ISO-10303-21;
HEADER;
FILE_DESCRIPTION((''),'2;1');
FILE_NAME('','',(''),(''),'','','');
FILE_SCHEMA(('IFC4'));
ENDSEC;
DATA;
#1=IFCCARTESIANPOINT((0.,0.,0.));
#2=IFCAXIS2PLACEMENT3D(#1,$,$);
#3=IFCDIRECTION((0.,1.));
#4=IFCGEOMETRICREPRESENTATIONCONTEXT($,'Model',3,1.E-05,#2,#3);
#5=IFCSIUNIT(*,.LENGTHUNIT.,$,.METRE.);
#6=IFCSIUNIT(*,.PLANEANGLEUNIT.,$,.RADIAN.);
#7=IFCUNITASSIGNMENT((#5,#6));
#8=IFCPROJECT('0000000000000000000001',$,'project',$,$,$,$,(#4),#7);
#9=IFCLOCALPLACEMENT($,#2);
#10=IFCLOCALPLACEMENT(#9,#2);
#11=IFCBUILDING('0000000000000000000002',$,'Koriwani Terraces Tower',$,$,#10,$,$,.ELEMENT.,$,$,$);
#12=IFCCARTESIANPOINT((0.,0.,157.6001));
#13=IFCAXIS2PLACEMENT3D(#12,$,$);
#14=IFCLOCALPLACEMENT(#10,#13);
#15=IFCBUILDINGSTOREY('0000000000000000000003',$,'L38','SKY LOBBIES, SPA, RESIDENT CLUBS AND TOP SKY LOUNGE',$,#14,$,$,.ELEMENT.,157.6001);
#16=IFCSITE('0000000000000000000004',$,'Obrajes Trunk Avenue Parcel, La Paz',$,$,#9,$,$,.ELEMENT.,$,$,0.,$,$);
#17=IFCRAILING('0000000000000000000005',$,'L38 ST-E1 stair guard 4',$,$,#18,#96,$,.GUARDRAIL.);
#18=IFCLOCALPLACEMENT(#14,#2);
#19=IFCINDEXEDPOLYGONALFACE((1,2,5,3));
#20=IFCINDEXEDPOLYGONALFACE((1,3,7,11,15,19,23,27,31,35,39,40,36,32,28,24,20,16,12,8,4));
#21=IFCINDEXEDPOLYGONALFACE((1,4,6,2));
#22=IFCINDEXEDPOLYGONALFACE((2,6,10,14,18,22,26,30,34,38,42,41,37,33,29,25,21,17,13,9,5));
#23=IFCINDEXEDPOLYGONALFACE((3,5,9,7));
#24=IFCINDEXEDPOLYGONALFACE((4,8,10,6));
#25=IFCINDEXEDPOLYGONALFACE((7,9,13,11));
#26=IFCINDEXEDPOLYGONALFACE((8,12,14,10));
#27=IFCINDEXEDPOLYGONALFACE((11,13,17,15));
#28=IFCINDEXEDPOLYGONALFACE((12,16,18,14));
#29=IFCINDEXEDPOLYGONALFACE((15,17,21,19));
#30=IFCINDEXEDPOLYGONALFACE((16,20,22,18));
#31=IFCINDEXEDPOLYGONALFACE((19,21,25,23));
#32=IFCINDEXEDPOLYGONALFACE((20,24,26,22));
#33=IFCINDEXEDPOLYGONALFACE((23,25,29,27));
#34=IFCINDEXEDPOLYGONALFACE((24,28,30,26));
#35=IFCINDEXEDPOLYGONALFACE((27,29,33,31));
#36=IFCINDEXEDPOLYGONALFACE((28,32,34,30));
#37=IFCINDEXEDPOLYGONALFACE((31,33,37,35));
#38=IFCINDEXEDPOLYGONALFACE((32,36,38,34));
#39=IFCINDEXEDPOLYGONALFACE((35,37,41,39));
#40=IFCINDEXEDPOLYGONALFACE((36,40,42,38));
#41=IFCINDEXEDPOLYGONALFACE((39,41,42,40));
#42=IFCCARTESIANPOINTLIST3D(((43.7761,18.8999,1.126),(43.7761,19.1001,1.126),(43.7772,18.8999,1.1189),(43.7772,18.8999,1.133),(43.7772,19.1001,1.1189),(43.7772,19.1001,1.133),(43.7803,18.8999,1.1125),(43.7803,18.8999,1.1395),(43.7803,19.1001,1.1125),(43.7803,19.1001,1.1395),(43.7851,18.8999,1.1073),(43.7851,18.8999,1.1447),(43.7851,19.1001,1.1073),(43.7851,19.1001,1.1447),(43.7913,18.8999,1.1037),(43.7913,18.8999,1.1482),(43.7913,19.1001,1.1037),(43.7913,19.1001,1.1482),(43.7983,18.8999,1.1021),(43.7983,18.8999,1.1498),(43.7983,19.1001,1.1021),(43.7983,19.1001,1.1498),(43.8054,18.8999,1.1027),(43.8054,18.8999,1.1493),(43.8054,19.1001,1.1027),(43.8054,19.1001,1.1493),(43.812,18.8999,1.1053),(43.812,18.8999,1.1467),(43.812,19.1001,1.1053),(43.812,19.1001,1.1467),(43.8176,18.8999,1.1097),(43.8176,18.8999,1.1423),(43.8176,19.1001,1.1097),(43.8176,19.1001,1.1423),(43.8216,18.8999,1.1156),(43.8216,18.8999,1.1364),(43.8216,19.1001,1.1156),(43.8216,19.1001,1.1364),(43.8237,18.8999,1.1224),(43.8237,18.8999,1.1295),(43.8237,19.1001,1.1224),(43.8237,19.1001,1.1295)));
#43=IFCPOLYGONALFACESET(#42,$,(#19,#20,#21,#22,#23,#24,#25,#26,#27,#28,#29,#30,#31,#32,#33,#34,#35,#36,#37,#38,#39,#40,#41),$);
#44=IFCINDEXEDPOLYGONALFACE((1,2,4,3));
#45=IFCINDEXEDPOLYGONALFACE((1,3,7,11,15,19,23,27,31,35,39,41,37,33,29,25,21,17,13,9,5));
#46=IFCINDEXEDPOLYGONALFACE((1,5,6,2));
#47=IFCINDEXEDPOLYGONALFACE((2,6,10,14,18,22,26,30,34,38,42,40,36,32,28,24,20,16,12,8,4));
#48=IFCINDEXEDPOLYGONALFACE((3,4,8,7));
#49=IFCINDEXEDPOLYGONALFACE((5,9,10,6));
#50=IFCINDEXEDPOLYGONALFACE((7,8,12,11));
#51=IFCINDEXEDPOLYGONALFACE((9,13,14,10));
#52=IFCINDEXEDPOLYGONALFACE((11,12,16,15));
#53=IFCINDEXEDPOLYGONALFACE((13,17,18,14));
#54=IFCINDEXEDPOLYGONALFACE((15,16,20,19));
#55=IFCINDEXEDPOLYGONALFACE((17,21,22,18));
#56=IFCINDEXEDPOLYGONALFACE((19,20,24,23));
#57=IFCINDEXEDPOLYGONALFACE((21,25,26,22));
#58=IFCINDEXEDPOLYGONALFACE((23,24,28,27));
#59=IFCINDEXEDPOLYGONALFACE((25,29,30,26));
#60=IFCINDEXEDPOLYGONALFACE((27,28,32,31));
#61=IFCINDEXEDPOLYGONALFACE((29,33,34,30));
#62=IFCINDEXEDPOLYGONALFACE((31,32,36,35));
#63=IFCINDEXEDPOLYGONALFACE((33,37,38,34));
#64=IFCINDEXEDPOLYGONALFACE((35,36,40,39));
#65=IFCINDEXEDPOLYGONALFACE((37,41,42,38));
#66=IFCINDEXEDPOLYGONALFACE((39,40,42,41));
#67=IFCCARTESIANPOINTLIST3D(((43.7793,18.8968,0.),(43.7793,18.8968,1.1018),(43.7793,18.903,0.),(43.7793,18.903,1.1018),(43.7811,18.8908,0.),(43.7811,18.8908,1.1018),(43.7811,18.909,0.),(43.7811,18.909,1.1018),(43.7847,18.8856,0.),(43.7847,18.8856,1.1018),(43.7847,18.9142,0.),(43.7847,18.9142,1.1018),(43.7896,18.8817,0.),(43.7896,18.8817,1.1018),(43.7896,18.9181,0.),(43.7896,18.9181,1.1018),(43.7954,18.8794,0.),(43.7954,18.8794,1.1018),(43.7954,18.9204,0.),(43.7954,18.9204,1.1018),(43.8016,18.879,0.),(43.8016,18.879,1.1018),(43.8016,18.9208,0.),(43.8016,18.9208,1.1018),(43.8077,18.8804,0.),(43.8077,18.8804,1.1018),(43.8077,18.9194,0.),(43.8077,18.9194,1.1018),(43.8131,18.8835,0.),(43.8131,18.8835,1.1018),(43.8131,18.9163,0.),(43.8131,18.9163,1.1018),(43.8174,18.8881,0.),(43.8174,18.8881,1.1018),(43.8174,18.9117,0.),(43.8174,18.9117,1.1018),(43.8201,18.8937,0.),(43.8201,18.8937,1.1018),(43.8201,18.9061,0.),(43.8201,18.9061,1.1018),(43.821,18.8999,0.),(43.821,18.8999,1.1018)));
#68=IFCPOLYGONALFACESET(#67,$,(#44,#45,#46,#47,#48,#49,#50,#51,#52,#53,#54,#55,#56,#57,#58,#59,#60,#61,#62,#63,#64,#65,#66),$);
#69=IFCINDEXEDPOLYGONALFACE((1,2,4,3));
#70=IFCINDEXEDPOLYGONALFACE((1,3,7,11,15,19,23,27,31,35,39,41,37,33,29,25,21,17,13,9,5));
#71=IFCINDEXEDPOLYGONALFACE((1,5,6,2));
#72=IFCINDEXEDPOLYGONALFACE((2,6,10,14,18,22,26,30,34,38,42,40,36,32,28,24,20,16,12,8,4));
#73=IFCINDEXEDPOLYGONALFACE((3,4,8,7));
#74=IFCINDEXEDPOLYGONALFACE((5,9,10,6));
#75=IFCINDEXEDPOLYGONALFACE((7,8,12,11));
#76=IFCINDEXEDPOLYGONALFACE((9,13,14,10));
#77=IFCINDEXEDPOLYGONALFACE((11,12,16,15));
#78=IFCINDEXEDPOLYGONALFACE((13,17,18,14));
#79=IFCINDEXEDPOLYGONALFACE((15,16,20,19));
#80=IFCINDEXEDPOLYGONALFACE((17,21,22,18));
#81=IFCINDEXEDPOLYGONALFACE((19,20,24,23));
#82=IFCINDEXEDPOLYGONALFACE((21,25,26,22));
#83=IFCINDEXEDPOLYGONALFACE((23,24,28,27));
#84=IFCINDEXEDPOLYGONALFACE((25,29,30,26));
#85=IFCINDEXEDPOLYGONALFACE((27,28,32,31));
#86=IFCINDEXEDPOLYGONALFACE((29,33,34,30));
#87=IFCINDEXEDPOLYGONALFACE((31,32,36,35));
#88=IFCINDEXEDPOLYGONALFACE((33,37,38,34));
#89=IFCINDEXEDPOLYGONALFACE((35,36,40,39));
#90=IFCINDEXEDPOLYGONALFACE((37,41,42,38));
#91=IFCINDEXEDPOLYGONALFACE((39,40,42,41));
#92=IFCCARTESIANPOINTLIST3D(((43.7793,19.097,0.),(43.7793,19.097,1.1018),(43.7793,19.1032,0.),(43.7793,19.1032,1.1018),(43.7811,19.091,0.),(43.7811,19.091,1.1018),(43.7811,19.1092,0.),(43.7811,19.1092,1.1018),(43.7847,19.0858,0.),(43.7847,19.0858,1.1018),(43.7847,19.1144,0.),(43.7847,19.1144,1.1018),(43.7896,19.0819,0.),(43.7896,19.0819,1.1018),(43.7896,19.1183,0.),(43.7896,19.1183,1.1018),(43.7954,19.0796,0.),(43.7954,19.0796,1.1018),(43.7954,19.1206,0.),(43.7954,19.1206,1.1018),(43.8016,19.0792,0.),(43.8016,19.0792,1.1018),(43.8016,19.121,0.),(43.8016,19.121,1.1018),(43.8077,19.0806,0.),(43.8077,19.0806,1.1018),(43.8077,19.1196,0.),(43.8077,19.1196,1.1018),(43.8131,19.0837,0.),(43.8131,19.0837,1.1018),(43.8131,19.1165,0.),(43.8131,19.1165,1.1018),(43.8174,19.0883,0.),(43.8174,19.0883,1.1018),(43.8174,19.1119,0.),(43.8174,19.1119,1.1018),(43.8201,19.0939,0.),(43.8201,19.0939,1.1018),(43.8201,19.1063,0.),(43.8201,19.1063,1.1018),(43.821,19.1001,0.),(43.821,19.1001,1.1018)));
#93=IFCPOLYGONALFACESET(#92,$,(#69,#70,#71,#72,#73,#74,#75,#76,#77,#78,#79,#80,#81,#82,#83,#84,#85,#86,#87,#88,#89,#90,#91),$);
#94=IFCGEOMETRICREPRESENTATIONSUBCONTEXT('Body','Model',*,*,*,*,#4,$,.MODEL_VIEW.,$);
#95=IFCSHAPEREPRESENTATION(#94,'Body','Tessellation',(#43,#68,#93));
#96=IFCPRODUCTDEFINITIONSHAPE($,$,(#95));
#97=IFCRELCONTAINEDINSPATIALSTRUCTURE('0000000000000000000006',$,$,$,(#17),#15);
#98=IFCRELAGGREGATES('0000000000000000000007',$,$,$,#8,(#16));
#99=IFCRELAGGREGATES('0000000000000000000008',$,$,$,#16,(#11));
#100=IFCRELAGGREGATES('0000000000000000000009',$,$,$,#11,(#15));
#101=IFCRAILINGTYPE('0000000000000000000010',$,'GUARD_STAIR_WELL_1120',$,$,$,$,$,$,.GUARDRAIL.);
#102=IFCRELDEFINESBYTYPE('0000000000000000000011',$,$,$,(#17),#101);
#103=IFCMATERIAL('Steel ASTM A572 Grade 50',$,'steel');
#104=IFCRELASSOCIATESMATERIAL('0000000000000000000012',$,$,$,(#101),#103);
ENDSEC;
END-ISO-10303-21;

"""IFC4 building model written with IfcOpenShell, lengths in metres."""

from ifc_helpers import new_model, si_unit, direction, frame, origin, origin_2d, place, context, subcontext, project, spatial, circle, extrude, material, type_object, element, save


model = new_model("IFC4")

# Units and contexts
model_context = context("Model", 3, precision=1e-05, world=origin(), true_north=direction((0.0, 1.0)))
body_context = subcontext(model_context, "Body", "Model", "MODEL_VIEW")
ifc_project = project(units=[si_unit("LENGTHUNIT", "METRE"), si_unit("PLANEANGLEUNIT", "RADIAN")], contexts=[model_context])

# Site, building, storey
site_placement = place(None, origin())
site = spatial("IfcSite", under=ifc_project, at=site_placement, Name="Obrajes Trunk Avenue Parcel, La Paz", CompositionType="ELEMENT", RefElevation=0.0)
building_placement = place(site_placement, origin())
building = spatial("IfcBuilding", under=site, at=building_placement, Name="Koriwani Terraces Tower", CompositionType="ELEMENT")
storey_placement = place(building_placement, frame((0.0, 0.0, 157.6001)))
storey = spatial("IfcBuildingStorey", under=building, at=storey_placement, Name="L38", Description="SKY LOBBIES, SPA, RESIDENT CLUBS AND TOP SKY LOUNGE", CompositionType="ELEMENT", Elevation=157.6001)

# Shared definitions
ifc_material_1 = material(Name="Steel ASTM A572 Grade 50", Category="steel")

# Railing
railing_type_1 = type_object("IfcRailingType", Name="GUARD_STAIR_WELL_1120", PredefinedType="GUARDRAIL", material=ifc_material_1)
railing_1_placement = place(storey_placement, frame((43.8, 18.8999, 0.0)))
element("IfcRailing", 1, at=railing_1_placement, inside=storey, type_object=railing_type_1, Name="L38 ST-E1 stair guard 4", PredefinedType="GUARDRAIL", context=body_context, shape_type="SweptSolid", body=[
    extrude(circle(Radius=0.0239, at=origin_2d()), frame((0.0, 0.0, 1.126), z_axis=(0.0, 1.0, 0.0), x_axis=(-1.0, 0.0, 0.0)), (0.0, 0.0, 1.0), 0.2002),
    extrude(circle(Radius=0.021, at=origin_2d()), origin(), (0.0, 0.0, 1.0), 1.1018),
    extrude(circle(Radius=0.021, at=origin_2d()), frame((0.0, 0.2002, 0.0)), (0.0, 0.0, 1.0), 1.1018),
])

save(model, "model.ifc")
